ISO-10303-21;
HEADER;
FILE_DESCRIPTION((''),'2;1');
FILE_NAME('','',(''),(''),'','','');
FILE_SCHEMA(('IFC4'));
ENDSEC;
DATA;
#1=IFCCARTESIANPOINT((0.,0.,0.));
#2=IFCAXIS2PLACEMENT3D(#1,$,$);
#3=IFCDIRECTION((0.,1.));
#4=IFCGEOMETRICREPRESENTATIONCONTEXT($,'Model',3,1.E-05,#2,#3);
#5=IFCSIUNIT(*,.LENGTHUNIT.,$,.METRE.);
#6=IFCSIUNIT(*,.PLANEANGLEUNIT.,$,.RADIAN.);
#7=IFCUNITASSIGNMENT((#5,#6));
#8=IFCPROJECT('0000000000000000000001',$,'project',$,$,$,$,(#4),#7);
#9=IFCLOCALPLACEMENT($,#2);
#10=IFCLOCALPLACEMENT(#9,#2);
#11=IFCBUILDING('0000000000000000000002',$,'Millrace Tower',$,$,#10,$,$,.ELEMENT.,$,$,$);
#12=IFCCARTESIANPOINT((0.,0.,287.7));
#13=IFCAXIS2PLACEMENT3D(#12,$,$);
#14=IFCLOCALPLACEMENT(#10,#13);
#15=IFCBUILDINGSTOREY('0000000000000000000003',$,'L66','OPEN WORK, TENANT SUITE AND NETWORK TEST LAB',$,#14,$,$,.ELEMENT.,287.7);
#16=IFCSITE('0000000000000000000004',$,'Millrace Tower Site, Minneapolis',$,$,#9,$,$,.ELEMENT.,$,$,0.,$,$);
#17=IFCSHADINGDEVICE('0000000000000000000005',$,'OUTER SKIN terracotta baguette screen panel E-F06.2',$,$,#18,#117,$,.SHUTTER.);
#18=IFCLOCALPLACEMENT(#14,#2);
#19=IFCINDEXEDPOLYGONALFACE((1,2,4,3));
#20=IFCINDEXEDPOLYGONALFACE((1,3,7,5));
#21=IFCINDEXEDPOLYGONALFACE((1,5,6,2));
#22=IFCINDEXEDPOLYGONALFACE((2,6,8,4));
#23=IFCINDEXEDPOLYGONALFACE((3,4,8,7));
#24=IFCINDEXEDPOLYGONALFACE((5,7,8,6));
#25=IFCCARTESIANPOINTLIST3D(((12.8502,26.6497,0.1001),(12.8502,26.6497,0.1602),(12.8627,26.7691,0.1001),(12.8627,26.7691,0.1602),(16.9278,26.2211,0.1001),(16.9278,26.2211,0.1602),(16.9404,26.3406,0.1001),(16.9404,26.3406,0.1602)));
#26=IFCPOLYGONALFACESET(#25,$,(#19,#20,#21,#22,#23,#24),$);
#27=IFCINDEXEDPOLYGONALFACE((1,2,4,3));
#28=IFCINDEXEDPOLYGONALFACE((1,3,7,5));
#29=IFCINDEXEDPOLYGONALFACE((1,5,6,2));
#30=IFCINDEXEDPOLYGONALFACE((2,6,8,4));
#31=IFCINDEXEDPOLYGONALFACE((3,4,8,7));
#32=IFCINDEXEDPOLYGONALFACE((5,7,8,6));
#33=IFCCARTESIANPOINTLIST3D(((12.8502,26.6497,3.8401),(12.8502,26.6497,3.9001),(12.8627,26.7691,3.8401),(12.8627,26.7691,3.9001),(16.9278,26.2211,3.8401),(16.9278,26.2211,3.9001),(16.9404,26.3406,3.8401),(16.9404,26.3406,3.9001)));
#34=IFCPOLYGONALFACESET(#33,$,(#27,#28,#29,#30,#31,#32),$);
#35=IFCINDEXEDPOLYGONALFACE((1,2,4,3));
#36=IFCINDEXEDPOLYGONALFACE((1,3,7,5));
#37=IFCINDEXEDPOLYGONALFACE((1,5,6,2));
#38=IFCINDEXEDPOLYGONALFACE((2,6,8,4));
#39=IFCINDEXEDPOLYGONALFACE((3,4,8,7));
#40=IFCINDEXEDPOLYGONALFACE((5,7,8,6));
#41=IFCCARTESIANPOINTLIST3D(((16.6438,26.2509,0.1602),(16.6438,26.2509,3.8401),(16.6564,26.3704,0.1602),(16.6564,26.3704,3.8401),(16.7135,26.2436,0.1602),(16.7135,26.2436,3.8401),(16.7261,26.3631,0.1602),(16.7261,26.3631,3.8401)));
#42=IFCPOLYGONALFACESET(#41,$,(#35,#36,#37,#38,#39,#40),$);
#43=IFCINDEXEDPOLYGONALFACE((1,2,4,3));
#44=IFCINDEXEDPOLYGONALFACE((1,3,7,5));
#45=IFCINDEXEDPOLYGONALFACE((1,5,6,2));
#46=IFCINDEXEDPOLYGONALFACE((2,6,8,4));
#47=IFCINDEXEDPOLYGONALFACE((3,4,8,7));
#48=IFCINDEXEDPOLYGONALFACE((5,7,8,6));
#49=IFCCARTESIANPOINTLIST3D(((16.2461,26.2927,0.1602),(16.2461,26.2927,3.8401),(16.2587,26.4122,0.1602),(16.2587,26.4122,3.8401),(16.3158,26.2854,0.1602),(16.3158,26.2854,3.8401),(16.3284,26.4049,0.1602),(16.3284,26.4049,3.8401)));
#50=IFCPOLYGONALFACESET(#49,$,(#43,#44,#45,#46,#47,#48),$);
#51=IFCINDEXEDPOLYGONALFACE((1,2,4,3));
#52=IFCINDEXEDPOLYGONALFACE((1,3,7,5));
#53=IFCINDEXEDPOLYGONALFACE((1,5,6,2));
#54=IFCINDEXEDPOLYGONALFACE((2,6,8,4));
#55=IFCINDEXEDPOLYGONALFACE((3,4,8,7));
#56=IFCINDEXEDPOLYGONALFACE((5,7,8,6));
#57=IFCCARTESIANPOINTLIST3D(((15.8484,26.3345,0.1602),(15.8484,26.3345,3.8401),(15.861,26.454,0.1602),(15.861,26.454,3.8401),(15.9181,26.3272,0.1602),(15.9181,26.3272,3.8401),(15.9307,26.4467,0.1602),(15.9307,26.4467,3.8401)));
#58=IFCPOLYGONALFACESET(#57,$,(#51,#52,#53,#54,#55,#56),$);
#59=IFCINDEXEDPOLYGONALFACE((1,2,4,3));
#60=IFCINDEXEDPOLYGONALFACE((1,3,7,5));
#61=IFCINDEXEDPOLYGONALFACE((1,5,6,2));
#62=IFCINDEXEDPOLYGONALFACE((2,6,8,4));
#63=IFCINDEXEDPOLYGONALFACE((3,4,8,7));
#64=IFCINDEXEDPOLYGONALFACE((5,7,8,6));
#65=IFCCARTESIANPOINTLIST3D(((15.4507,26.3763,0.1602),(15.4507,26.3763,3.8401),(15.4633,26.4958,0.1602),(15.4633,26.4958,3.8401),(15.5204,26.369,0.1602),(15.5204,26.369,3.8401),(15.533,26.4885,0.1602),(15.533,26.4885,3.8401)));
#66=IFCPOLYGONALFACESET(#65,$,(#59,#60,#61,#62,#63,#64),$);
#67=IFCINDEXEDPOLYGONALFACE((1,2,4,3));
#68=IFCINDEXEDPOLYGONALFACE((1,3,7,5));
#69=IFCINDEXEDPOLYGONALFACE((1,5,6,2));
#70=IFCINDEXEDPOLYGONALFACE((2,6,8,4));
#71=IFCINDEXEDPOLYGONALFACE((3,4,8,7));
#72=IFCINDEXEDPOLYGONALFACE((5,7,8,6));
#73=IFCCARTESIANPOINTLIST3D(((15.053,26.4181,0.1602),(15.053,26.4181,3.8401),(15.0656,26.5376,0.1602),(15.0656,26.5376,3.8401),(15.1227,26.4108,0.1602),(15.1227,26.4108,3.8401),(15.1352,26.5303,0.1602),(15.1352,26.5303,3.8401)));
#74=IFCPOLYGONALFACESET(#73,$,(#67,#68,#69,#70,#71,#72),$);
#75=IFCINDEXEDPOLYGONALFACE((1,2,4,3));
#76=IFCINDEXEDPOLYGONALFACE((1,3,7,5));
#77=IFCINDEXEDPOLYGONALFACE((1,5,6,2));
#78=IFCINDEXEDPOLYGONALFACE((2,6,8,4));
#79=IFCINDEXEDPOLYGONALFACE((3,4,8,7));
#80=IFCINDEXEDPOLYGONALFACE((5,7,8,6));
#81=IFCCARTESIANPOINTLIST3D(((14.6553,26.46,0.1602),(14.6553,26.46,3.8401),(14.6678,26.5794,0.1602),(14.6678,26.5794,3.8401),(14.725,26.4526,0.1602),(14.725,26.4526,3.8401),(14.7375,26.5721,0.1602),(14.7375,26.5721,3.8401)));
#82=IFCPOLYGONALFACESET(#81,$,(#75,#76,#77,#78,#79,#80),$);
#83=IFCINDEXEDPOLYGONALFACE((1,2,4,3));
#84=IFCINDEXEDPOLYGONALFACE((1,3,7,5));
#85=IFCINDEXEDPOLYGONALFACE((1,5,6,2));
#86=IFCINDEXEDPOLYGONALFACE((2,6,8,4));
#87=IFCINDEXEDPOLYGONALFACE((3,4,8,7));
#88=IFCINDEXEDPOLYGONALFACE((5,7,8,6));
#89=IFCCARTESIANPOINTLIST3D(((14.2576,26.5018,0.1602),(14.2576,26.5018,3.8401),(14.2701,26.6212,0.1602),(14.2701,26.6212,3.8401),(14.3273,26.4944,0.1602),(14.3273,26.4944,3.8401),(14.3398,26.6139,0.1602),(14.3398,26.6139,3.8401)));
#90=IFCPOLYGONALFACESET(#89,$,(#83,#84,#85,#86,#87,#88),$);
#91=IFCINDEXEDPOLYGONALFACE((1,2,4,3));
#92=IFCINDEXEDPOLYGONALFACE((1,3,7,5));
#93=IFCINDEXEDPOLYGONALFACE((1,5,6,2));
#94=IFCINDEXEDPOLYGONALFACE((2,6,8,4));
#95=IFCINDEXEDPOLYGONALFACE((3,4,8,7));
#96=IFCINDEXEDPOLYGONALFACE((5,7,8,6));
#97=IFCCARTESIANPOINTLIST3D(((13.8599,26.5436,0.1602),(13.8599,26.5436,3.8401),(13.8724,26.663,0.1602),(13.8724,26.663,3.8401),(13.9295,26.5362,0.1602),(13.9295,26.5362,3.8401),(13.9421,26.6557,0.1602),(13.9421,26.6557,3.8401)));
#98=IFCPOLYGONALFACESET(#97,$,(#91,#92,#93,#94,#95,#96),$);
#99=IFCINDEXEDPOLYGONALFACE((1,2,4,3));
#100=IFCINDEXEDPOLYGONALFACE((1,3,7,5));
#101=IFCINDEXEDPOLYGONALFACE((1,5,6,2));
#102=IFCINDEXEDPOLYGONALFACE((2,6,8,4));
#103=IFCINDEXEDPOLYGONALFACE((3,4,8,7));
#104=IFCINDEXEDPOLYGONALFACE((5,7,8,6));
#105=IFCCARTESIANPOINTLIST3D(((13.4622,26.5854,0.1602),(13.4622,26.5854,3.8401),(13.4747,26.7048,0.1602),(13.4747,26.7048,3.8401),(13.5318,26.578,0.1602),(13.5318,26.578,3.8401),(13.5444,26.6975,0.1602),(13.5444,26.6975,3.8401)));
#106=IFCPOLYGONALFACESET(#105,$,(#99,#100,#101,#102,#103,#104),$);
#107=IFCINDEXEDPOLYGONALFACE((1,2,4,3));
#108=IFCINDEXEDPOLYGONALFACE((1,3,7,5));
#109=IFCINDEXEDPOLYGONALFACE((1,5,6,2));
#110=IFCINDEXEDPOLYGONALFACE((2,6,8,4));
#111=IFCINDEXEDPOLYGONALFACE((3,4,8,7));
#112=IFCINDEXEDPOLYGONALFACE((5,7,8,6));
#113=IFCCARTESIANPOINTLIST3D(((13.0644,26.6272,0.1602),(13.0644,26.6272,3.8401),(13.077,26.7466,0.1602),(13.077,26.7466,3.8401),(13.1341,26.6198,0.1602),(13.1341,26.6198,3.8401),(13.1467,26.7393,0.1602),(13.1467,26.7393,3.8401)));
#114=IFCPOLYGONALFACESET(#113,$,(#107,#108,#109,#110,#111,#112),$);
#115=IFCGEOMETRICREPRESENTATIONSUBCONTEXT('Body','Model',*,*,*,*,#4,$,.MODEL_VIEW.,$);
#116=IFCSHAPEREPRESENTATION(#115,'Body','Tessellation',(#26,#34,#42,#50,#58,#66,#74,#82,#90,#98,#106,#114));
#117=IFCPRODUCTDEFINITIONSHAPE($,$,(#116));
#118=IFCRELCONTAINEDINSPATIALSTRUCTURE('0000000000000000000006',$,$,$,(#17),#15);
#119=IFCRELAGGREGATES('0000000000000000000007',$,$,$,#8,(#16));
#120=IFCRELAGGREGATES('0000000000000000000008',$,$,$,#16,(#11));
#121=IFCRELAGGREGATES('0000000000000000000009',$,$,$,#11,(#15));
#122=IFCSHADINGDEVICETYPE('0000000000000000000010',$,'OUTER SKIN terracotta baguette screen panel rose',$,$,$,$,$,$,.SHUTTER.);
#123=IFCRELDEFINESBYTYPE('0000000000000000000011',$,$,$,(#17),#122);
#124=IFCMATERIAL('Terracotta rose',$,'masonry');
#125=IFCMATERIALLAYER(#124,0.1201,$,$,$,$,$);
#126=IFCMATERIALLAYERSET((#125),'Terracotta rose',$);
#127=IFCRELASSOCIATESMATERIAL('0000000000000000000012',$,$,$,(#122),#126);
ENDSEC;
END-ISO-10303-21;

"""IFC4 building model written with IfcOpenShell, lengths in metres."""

from ifc_helpers import new_model, entity, si_unit, direction, frame, frame_2d, origin, place, context, subcontext, project, spatial, rectangle, extrude, source, transform, mapped, material, layer, layer_set, type_object, element, save


model = new_model("IFC4")

# Units and contexts
model_context = context("Model", 3, precision=1e-05, world=origin(), true_north=direction((0.0, 1.0)))
body_context = subcontext(model_context, "Body", "Model", "MODEL_VIEW")
ifc_project = project(units=[si_unit("LENGTHUNIT", "METRE"), si_unit("PLANEANGLEUNIT", "RADIAN")], contexts=[model_context])

# Site, building, storey
site_placement = place(None, origin())
site = spatial("IfcSite", under=ifc_project, at=site_placement, Name="Millrace Tower Site, Minneapolis", CompositionType="ELEMENT", RefElevation=0.0)
building_placement = place(site_placement, origin())
building = spatial("IfcBuilding", under=site, at=building_placement, Name="Millrace Tower", CompositionType="ELEMENT")
storey_placement = place(building_placement, frame((0.0, 0.0, 287.7)))
storey = spatial("IfcBuildingStorey", under=building, at=storey_placement, Name="L66", Description="OPEN WORK, TENANT SUITE AND NETWORK TEST LAB", CompositionType="ELEMENT", Elevation=287.7)

# Shading device
ifc_material_1 = material(Name="Terracotta rose", Category="masonry")
ifc_layer_1 = layer(ifc_material_1, 0.1201)
ifc_layer_set_1 = layer_set([ifc_layer_1], Name="Terracotta rose")
shading_device_type = type_object("IfcShadingDeviceType", Name="OUTER SKIN terracotta baguette screen panel rose", PredefinedType="SHUTTER", material=ifc_layer_set_1)
cartesian_point_1 = entity("IfcCartesianPoint", [-2.05, 0.0601])
shared_polyline_1 = entity("IfcPolyline", [cartesian_point_1, entity("IfcCartesianPoint", [2.05, 0.0601]), entity("IfcCartesianPoint", [2.05, -0.0601]), entity("IfcCartesianPoint", [-2.05, -0.0601]), cartesian_point_1])
shared_shape_1 = source(origin(), body_context, "Body", "SweptSolid", [
    entity("IfcExtrudedAreaSolid", entity("IfcArbitraryClosedProfileDef", "AREA", None, shared_polyline_1), entity("IfcAxis2Placement3D", entity("IfcCartesianPoint", [0.0, 0.0, 0.0])), entity("IfcDirection", [0.0, 0.0, 1.0]), 0.0601),
    entity("IfcExtrudedAreaSolid", entity("IfcArbitraryClosedProfileDef", "AREA", None, shared_polyline_1), entity("IfcAxis2Placement3D", entity("IfcCartesianPoint", [0.0, 0.0, 3.74])), entity("IfcDirection", [0.0, 0.0, 1.0]), 0.0601),
    extrude(rectangle(XDim=0.0701, YDim=0.1201, at=frame_2d((-1.7996, 0.0))), frame((0.0, 0.0, 0.0601)), (0.0, 0.0, 1.0), 3.6799),
    extrude(rectangle(XDim=0.0701, YDim=0.1201, at=frame_2d((-1.3997, 0.0))), frame((0.0, 0.0, 0.0601)), (0.0, 0.0, 1.0), 3.6799),
    extrude(rectangle(XDim=0.0701, YDim=0.1201, at=frame_2d((-0.9998, 0.0))), frame((0.0, 0.0, 0.0601)), (0.0, 0.0, 1.0), 3.6799),
    extrude(rectangle(XDim=0.0701, YDim=0.1201, at=frame_2d((-0.5999, 0.0))), frame((0.0, 0.0, 0.0601)), (0.0, 0.0, 1.0), 3.6799),
    extrude(rectangle(XDim=0.0701, YDim=0.1201, at=frame_2d((-0.2, 0.0))), frame((0.0, 0.0, 0.0601)), (0.0, 0.0, 1.0), 3.6799),
    extrude(rectangle(XDim=0.0701, YDim=0.1201, at=frame_2d((0.2, 0.0))), frame((0.0, 0.0, 0.0601)), (0.0, 0.0, 1.0), 3.6799),
    extrude(rectangle(XDim=0.0701, YDim=0.1201, at=frame_2d((0.5999, 0.0))), frame((0.0, 0.0, 0.0601)), (0.0, 0.0, 1.0), 3.6799),
    extrude(rectangle(XDim=0.0701, YDim=0.1201, at=frame_2d((0.9998, 0.0))), frame((0.0, 0.0, 0.0601)), (0.0, 0.0, 1.0), 3.6799),
    extrude(rectangle(XDim=0.0701, YDim=0.1201, at=frame_2d((1.3997, 0.0))), frame((0.0, 0.0, 0.0601)), (0.0, 0.0, 1.0), 3.6799),
    extrude(rectangle(XDim=0.0701, YDim=0.1201, at=frame_2d((1.7996, 0.0))), frame((0.0, 0.0, 0.0601)), (0.0, 0.0, 1.0), 3.6799),
])
for number, where, z_axis, x_axis, name in (
    (1, (14.8953, 26.4951, 0.1001), (0.0, 0.0, 1.0), (-0.994522, 0.104528, 0.0), "OUTER SKIN terracotta baguette screen panel E-F06.2"),
):
    element("IfcShadingDevice", number, at=place(storey_placement, frame(where, z_axis=z_axis, x_axis=x_axis)), inside=storey, type_object=shading_device_type, Name=name, PredefinedType="SHUTTER", context=body_context, shape_type="MappedRepresentation", body=[
        mapped(shared_shape_1, transform((0.0, 0.0, 0.0), scale=1.0)),
    ])

save(model, "model.ifc")
